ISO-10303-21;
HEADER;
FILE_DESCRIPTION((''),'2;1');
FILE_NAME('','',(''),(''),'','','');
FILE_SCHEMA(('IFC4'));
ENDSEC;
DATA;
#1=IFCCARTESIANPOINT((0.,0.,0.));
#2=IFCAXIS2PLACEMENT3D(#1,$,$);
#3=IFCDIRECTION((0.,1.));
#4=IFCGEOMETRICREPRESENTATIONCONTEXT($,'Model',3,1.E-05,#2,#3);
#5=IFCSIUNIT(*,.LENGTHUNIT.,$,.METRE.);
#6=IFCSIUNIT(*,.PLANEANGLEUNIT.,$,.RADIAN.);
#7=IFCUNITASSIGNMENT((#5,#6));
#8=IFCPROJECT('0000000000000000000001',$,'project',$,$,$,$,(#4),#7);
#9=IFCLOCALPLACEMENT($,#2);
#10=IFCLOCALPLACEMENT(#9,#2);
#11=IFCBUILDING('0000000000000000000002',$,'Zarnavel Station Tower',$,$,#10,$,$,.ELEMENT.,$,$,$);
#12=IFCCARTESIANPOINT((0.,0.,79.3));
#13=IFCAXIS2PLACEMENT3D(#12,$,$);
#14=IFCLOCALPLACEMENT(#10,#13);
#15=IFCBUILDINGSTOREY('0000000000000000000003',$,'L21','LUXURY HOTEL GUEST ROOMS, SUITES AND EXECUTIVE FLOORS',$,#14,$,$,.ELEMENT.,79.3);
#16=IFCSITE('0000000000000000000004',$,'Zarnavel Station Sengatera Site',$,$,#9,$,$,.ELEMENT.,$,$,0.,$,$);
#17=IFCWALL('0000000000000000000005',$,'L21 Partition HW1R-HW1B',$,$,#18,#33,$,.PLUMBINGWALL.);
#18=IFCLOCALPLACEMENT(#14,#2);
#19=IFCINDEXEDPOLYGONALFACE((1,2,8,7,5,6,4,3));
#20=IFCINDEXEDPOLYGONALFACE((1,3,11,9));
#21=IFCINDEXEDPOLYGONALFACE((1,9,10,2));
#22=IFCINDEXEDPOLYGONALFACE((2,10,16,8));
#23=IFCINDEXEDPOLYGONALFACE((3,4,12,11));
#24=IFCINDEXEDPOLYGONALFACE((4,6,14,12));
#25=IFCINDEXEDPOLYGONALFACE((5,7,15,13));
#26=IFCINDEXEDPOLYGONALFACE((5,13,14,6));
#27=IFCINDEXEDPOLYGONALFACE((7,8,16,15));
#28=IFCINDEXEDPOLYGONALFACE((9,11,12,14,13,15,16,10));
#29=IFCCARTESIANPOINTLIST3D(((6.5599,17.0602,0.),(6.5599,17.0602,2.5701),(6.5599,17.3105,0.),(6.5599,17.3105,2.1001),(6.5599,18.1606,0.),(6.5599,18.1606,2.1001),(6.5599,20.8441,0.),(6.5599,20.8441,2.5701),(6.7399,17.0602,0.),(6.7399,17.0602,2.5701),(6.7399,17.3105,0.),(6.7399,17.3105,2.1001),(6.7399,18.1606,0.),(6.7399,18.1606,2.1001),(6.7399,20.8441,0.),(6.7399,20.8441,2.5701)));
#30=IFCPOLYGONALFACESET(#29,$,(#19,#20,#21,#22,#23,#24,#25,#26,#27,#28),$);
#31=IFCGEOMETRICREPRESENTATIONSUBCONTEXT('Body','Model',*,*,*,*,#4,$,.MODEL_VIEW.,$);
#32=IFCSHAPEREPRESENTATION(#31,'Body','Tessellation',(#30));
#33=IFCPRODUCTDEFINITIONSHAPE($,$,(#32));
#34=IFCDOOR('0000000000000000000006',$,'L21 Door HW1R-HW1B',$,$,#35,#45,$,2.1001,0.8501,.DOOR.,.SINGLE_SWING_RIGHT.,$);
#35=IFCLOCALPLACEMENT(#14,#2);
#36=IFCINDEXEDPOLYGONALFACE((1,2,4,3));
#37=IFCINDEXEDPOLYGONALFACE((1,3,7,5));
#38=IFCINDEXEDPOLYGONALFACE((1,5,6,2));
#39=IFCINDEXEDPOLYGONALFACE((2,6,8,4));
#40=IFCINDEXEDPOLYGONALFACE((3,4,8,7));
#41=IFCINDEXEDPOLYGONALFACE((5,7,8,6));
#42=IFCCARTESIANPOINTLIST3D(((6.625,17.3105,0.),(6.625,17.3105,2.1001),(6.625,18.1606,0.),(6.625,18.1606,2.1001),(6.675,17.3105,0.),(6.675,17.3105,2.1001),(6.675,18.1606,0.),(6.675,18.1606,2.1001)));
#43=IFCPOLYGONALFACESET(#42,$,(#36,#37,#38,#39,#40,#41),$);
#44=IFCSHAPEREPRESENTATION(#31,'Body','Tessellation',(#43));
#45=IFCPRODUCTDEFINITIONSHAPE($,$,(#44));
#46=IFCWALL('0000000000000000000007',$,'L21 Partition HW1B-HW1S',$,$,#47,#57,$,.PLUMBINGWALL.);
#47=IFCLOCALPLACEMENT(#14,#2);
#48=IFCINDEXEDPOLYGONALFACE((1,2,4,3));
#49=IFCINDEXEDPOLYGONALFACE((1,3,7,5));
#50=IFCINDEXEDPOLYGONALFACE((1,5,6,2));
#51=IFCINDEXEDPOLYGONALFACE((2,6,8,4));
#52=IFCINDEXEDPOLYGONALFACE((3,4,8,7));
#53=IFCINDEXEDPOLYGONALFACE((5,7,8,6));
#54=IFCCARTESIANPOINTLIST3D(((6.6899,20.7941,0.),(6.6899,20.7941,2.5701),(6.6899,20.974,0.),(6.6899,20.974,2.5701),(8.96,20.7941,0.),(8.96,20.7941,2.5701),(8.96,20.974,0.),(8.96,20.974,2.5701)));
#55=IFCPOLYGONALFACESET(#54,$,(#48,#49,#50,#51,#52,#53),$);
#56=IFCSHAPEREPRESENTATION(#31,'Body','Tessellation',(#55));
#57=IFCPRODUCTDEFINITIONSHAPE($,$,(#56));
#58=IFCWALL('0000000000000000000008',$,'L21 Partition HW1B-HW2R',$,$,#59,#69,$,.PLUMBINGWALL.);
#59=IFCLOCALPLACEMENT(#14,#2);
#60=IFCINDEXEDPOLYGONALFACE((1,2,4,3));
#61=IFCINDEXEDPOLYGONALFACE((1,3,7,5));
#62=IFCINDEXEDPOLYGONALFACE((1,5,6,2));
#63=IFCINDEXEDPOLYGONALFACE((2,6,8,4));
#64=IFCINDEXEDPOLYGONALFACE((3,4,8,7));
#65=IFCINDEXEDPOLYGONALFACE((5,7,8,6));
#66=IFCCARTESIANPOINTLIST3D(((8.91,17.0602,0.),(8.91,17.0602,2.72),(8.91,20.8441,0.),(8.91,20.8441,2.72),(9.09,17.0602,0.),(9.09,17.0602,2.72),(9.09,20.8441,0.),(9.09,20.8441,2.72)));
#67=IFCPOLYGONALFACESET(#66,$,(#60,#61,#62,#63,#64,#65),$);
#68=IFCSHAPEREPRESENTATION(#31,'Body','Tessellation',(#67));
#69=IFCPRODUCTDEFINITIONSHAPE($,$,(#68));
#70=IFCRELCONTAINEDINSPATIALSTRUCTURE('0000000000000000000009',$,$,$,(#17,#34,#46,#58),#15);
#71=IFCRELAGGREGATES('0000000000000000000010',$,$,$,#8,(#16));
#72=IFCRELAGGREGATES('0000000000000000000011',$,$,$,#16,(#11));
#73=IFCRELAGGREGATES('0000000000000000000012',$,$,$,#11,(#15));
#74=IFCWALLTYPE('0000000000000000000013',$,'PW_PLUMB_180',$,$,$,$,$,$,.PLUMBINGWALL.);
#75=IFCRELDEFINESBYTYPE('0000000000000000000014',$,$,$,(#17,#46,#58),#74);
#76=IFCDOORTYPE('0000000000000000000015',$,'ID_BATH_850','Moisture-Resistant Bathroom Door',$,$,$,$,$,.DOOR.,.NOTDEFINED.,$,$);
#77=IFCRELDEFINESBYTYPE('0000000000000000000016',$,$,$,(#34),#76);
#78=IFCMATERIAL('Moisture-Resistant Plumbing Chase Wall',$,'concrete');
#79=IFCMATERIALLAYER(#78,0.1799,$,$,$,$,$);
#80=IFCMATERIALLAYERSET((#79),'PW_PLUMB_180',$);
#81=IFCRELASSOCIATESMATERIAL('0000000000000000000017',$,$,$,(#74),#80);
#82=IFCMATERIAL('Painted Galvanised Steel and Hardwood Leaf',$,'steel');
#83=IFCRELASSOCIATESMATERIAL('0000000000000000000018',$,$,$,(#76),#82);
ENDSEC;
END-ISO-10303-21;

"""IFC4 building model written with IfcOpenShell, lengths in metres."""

from ifc_helpers import new_model, si_unit, direction, frame, frame_2d, origin, place, context, subcontext, project, spatial, rectangle, extrude, material, layer, layer_set, type_object, element, fill, save


model = new_model("IFC4")

# Units and contexts
model_context = context("Model", 3, precision=1e-05, world=origin(), true_north=direction((0.0, 1.0)))
body_context = subcontext(model_context, "Body", "Model", "MODEL_VIEW")
ifc_project = project(units=[si_unit("LENGTHUNIT", "METRE"), si_unit("PLANEANGLEUNIT", "RADIAN")], contexts=[model_context])

# Site, building, storey
site_placement = place(None, origin())
site = spatial("IfcSite", under=ifc_project, at=site_placement, Name="Zarnavel Station Sengatera Site", CompositionType="ELEMENT", RefElevation=0.0)
building_placement = place(site_placement, origin())
building = spatial("IfcBuilding", under=site, at=building_placement, Name="Zarnavel Station Tower", CompositionType="ELEMENT")
storey_placement = place(building_placement, frame((0.0, 0.0, 79.3)))
storey = spatial("IfcBuildingStorey", under=building, at=storey_placement, Name="L21", Description="LUXURY HOTEL GUEST ROOMS, SUITES AND EXECUTIVE FLOORS", CompositionType="ELEMENT", Elevation=79.3)

# Wall, opening, door
ifc_material_1 = material(Name="Moisture-Resistant Plumbing Chase Wall", Category="concrete")
ifc_layer_1 = layer(ifc_material_1, 0.1799)
ifc_layer_set_1 = layer_set([ifc_layer_1], Name="PW_PLUMB_180")
wall_type_1 = type_object("IfcWallType", Name="PW_PLUMB_180", PredefinedType="PLUMBINGWALL", material=ifc_layer_set_1)
wall_1_placement = place(storey_placement, frame((6.6499, 17.0601, 0.0), z_axis=(0.0, 0.0, 1.0), x_axis=(0.0, 1.0, 0.0)))
wall_1 = element("IfcWall", 1, at=wall_1_placement, inside=storey, type_object=wall_type_1, Name="L21 Partition HW1R-HW1B", PredefinedType="PLUMBINGWALL", context=body_context, shape_type="SweptSolid", body=[
    extrude(rectangle(XDim=3.7839, YDim=0.1799, at=frame_2d((1.8921, 0.0))), origin(), (0.0, 0.0, 1.0), 2.5701),
])
opening_1_placement = place(wall_1_placement, frame((0.2505, 0.0, 0.0)))
opening_1 = element("IfcOpeningElement", 2, at=opening_1_placement, cuts=wall_1, PredefinedType="OPENING", context=body_context, shape_type="SweptSolid", body=[
    extrude(rectangle(XDim=0.8501, YDim=2.1001, at=frame_2d((0.425, 1.05))), frame((0.0, 0.0999, 0.0), z_axis=(0.0, -1.0, 0.0), x_axis=(1.0, 0.0, 0.0)), (0.0, 0.0, 1.0), 0.2),
])
ifc_material_2 = material(Name="Painted Galvanised Steel and Hardwood Leaf", Category="steel")
door_type_1 = type_object("IfcDoorType", Name="ID_BATH_850", Description="Moisture-Resistant Bathroom Door", OperationType="NOTDEFINED", PredefinedType="DOOR", material=ifc_material_2)
door_1_placement = place(opening_1_placement, origin())
door_1 = element("IfcDoor", 3, at=door_1_placement, inside=storey, type_object=door_type_1, Name="L21 Door HW1R-HW1B", OperationType="SINGLE_SWING_RIGHT", OverallHeight=2.1001, OverallWidth=0.8501, PredefinedType="DOOR", context=body_context, shape_type="SweptSolid", body=[
    extrude(rectangle(XDim=0.8501, YDim=2.1001, at=frame_2d((0.425, 1.05))), frame((0.0, 0.0249, 0.0), z_axis=(0.0, -1.0, 0.0), x_axis=(1.0, 0.0, 0.0)), (0.0, 0.0, 1.0), 0.05),
])
fill(opening_1, door_1)

# Walls
wall_2_placement = place(storey_placement, frame((6.6899, 20.884, 0.0), z_axis=(0.0, 0.0, 1.0), x_axis=(1.0, 0.0, 0.0)))
element("IfcWall", 4, at=wall_2_placement, inside=storey, type_object=wall_type_1, Name="L21 Partition HW1B-HW1S", PredefinedType="PLUMBINGWALL", context=body_context, shape_type="SweptSolid", body=[
    extrude(rectangle(XDim=2.27, YDim=0.1799, at=frame_2d((1.135, 0.0))), origin(), (0.0, 0.0, 1.0), 2.5701),
])
wall_3_placement = place(storey_placement, frame((9.0, 17.0601, 0.0), z_axis=(0.0, 0.0, 1.0), x_axis=(0.0, 1.0, 0.0)))
element("IfcWall", 5, at=wall_3_placement, inside=storey, type_object=wall_type_1, Name="L21 Partition HW1B-HW2R", PredefinedType="PLUMBINGWALL", context=body_context, shape_type="SweptSolid", body=[
    extrude(rectangle(XDim=3.7839, YDim=0.1799, at=frame_2d((1.8921, 0.0))), origin(), (0.0, 0.0, 1.0), 2.72),
])

save(model, "model.ifc")
